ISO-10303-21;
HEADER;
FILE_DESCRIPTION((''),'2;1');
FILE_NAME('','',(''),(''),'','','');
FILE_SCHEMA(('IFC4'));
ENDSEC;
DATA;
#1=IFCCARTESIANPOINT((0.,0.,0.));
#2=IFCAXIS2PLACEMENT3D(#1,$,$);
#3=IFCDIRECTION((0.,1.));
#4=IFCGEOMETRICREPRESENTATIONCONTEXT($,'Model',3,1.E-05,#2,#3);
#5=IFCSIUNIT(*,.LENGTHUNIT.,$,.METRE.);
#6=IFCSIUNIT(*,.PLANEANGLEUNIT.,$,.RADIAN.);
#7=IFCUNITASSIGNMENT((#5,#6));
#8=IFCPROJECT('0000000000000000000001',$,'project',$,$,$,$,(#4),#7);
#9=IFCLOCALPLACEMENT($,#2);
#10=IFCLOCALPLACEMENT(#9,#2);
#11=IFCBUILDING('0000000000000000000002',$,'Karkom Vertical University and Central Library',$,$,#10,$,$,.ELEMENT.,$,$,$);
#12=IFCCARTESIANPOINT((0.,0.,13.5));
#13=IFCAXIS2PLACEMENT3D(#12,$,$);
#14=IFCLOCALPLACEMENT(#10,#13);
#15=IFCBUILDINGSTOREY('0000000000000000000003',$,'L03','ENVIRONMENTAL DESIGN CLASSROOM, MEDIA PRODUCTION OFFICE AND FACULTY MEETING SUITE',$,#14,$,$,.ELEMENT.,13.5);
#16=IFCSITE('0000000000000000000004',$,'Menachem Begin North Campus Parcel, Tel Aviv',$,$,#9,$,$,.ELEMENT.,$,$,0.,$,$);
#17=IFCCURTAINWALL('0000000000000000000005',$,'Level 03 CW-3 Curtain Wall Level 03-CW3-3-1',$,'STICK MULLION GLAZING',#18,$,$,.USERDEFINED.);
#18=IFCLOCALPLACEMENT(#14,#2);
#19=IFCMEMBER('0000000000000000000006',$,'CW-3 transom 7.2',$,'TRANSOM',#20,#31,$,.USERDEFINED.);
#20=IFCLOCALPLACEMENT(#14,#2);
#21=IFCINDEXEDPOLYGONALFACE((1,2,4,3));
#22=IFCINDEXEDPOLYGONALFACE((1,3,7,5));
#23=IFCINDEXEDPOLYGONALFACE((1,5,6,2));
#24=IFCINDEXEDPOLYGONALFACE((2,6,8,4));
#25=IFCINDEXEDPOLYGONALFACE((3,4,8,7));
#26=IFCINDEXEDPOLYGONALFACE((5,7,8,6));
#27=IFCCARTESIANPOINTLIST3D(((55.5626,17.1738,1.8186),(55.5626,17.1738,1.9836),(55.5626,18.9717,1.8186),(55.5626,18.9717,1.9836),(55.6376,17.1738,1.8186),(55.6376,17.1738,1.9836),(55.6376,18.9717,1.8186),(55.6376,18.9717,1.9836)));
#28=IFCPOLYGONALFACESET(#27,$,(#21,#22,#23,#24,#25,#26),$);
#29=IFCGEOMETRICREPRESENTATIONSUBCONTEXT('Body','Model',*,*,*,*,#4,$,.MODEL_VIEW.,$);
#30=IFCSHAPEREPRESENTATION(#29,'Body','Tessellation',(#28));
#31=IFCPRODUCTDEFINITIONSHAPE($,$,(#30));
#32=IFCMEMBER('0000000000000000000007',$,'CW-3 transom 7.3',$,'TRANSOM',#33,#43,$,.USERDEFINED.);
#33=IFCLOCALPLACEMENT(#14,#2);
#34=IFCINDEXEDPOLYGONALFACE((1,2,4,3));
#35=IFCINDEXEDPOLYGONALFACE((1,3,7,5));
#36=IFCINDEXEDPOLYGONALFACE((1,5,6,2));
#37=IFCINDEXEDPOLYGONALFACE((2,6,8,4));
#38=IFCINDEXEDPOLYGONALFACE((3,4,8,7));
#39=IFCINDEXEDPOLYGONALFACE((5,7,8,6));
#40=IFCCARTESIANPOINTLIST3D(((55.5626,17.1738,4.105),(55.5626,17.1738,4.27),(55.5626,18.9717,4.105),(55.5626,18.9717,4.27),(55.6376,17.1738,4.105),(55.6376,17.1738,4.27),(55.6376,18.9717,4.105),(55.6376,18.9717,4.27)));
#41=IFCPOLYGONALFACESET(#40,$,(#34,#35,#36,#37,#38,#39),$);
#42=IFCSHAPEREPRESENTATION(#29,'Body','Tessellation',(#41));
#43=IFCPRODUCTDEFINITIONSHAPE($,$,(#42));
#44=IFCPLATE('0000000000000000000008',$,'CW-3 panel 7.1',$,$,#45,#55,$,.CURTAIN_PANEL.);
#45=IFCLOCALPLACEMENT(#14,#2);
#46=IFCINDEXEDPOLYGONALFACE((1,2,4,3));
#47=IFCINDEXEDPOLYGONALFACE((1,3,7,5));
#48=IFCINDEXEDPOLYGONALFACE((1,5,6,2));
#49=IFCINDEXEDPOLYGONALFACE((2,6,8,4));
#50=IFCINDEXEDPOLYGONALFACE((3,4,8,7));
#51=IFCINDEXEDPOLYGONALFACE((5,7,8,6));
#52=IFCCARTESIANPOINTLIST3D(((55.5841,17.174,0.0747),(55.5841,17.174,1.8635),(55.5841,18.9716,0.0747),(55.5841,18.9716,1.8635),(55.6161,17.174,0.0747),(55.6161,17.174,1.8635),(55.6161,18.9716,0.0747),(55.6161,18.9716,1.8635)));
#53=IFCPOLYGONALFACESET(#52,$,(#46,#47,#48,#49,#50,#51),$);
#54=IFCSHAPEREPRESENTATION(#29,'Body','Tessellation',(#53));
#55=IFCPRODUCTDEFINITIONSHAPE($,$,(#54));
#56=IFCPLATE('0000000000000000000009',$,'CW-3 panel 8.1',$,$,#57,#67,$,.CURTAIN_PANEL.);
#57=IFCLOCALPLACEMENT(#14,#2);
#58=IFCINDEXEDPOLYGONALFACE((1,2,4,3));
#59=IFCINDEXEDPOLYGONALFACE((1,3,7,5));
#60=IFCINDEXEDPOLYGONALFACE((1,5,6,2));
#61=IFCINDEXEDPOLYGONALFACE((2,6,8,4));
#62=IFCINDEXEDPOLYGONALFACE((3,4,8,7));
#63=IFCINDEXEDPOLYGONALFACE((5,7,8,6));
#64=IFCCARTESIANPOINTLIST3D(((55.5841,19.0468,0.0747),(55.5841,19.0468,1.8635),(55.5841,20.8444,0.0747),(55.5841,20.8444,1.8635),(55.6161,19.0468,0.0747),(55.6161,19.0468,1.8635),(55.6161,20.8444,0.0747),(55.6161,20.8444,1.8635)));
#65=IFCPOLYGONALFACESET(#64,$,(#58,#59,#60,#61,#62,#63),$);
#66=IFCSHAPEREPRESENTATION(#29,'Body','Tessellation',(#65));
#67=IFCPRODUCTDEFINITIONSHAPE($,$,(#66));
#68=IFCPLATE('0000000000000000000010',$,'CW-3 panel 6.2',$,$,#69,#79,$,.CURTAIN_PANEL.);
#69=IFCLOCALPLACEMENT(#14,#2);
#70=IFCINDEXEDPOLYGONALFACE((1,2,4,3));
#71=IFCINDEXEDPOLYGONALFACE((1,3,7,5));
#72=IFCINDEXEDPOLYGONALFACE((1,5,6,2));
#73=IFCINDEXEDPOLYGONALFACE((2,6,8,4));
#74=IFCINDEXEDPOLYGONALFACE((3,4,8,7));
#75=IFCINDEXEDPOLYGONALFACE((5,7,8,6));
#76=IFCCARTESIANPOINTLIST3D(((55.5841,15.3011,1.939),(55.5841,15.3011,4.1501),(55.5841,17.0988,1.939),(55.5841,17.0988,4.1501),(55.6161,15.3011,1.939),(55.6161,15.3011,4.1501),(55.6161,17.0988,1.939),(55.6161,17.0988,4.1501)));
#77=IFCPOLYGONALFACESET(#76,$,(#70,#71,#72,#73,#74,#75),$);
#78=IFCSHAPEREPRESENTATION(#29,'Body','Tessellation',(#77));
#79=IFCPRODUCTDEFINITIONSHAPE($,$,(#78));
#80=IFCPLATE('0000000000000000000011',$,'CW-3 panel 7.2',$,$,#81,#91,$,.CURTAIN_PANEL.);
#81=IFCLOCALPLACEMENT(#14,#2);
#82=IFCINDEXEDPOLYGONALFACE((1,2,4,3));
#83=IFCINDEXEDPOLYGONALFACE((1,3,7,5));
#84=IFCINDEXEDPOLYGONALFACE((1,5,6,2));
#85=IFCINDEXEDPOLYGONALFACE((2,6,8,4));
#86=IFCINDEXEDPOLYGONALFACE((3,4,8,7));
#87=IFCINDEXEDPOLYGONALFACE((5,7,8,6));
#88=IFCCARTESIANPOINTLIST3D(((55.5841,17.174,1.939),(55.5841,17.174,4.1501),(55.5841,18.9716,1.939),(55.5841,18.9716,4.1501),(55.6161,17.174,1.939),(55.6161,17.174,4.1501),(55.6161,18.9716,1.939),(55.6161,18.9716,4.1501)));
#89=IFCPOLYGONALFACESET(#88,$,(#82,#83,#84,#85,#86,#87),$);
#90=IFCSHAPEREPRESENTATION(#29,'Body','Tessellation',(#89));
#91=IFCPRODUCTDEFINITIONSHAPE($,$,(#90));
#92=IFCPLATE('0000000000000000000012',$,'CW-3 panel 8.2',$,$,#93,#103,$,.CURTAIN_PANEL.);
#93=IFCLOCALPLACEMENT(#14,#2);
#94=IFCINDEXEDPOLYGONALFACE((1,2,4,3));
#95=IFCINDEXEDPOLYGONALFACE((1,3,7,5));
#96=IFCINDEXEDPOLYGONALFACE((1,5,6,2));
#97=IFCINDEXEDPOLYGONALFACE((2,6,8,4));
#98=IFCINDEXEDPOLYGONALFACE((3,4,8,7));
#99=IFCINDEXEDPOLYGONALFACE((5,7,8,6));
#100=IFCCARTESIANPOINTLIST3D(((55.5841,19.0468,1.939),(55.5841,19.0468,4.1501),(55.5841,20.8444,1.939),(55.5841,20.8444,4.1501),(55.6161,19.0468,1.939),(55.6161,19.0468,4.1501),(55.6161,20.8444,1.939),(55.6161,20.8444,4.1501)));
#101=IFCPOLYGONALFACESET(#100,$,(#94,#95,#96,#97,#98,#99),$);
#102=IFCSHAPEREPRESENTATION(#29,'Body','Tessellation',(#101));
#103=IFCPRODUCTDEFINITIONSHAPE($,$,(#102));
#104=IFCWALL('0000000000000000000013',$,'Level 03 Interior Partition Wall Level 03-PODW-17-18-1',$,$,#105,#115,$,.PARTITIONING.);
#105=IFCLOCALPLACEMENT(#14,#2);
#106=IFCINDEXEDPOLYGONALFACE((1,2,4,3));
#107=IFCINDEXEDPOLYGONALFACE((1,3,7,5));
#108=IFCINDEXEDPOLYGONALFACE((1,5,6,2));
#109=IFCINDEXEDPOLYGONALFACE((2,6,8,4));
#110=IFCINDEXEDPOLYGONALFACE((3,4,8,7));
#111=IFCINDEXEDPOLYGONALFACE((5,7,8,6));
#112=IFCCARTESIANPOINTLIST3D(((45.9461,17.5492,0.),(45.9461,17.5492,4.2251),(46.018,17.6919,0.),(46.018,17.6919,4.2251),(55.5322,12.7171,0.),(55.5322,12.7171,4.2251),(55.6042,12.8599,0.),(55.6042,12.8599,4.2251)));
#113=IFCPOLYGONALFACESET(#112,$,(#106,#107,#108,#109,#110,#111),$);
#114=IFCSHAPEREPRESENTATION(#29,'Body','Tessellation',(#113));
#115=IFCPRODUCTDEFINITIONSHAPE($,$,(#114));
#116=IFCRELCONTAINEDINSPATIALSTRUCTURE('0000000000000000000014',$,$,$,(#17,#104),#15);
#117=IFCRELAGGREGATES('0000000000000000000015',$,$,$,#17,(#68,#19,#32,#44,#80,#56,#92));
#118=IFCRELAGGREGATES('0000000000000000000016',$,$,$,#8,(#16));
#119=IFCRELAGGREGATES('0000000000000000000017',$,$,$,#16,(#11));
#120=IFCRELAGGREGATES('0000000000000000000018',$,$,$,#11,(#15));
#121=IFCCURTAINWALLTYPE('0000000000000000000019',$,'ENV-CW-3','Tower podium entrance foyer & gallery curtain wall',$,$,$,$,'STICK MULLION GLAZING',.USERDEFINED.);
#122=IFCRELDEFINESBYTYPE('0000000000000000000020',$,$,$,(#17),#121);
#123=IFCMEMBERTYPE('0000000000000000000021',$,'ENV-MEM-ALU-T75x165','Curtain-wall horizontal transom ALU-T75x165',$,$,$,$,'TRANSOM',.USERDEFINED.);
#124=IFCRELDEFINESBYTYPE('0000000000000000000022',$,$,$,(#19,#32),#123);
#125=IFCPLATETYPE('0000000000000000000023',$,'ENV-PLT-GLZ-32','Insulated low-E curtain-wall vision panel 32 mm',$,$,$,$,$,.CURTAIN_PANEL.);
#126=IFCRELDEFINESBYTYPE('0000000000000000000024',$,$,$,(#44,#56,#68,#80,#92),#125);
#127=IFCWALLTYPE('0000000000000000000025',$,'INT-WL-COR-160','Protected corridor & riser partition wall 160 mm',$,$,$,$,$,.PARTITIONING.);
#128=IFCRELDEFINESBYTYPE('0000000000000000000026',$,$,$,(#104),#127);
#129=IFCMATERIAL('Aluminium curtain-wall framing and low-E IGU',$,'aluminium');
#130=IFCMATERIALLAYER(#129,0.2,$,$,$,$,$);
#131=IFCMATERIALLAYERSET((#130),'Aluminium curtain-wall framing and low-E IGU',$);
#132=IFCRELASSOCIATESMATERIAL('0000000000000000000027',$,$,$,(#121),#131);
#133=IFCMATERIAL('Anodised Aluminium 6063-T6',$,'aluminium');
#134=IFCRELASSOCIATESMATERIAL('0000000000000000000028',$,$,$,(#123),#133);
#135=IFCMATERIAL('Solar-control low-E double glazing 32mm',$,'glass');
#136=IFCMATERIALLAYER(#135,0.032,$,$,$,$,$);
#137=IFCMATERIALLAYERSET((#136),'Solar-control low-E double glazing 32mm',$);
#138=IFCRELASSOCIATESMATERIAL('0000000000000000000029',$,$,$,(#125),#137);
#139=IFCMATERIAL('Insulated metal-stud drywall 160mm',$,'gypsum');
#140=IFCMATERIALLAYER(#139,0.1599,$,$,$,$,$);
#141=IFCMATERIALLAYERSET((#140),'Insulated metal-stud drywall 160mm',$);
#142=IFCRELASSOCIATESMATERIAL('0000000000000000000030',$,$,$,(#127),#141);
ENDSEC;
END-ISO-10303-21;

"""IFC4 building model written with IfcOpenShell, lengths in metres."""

from ifc_helpers import new_model, si_unit, direction, frame, frame_2d, origin, origin_with_axes, origin_2d, place, context, subcontext, project, spatial, rectangle, extrude, source, transform, mapped, material, layer, layer_set, material_profile, profile_set, type_object, element, aggregate, save


model = new_model("IFC4")

# Units and contexts
model_context = context("Model", 3, precision=1e-05, world=origin(), true_north=direction((0.0, 1.0)))
body_context = subcontext(model_context, "Body", "Model", "MODEL_VIEW")
ifc_project = project(units=[si_unit("LENGTHUNIT", "METRE"), si_unit("PLANEANGLEUNIT", "RADIAN")], contexts=[model_context])

# Site, building, storey
site_placement = place(None, origin())
site = spatial("IfcSite", under=ifc_project, at=site_placement, Name="Menachem Begin North Campus Parcel, Tel Aviv", CompositionType="ELEMENT", RefElevation=0.0)
building_placement = place(site_placement, origin())
building = spatial("IfcBuilding", under=site, at=building_placement, Name="Karkom Vertical University and Central Library", CompositionType="ELEMENT")
storey_placement = place(building_placement, frame((0.0, 0.0, 13.5)))
storey = spatial("IfcBuildingStorey", under=building, at=storey_placement, Name="L03", Description="ENVIRONMENTAL DESIGN CLASSROOM, MEDIA PRODUCTION OFFICE AND FACULTY MEETING SUITE", CompositionType="ELEMENT", Elevation=13.5)

# Curtain wall, members, plates
ifc_material_1 = material(Name="Aluminium curtain-wall framing and low-E IGU", Category="aluminium")
ifc_layer_1 = layer(ifc_material_1, 0.2)
ifc_layer_set_1 = layer_set([ifc_layer_1], Name="Aluminium curtain-wall framing and low-E IGU")
curtain_wall_type = type_object("IfcCurtainWallType", Name="ENV-CW-3", Description="Tower podium entrance foyer & gallery curtain wall", ElementType="STICK MULLION GLAZING", PredefinedType="USERDEFINED", material=ifc_layer_set_1)
curtain_wall_placement = place(storey_placement, origin())
curtain_wall = element("IfcCurtainWall", 1, at=curtain_wall_placement, inside=storey, type_object=curtain_wall_type, Name="Level 03 CW-3 Curtain Wall Level 03-CW3-3-1", ObjectType="STICK MULLION GLAZING", PredefinedType="USERDEFINED")
ifc_material_2 = material(Name="Anodised Aluminium 6063-T6", Category="aluminium")
ifc_material_profile_1 = material_profile(ifc_material_2, rectangle(XDim=0.075, YDim=0.165, at=origin_2d()), Name="ALU-T75x165")
ifc_profile_set_1 = profile_set([ifc_material_profile_1], Name="Anodised Aluminium 6063-T6")
member_type_1 = type_object("IfcMemberType", Name="ENV-MEM-ALU-T75x165", Description="Curtain-wall horizontal transom ALU-T75x165", ElementType="TRANSOM", PredefinedType="USERDEFINED", material=ifc_profile_set_1)
shared_shape_1 = source(origin_with_axes(), body_context, "Body", "SweptSolid", [
    extrude(rectangle(XDim=0.075, YDim=0.165, at=origin_2d()), origin(), (0.0, 0.0, 1.0), 1.7979),
])
member_1_placement = place(storey_placement, frame((55.6001, 17.1738, 1.9011), z_axis=(0.0, 1.0, 0.0), x_axis=(-1.0, 0.0, 0.0)))
member_1 = element("IfcMember", 2, at=member_1_placement, type_object=member_type_1, Name="CW-3 transom 7.2", ObjectType="TRANSOM", PredefinedType="USERDEFINED", context=body_context, shape_type="MappedRepresentation", body=[
    mapped(shared_shape_1, transform((0.0, 0.0, 0.0), scale=1.0)),
])
member_2_placement = place(storey_placement, frame((55.6001, 17.1738, 4.1875), z_axis=(0.0, 1.0, 0.0), x_axis=(-1.0, 0.0, 0.0)))
member_2 = element("IfcMember", 3, at=member_2_placement, type_object=member_type_1, Name="CW-3 transom 7.3", ObjectType="TRANSOM", PredefinedType="USERDEFINED", context=body_context, shape_type="MappedRepresentation", body=[
    mapped(shared_shape_1, transform((0.0, 0.0, 0.0), scale=1.0)),
])
ifc_material_3 = material(Name="Solar-control low-E double glazing 32mm", Category="glass")
ifc_layer_2 = layer(ifc_material_3, 0.032)
ifc_layer_set_2 = layer_set([ifc_layer_2], Name="Solar-control low-E double glazing 32mm")
plate_type = type_object("IfcPlateType", Name="ENV-PLT-GLZ-32", Description="Insulated low-E curtain-wall vision panel 32 mm", PredefinedType="CURTAIN_PANEL", material=ifc_layer_set_2)
shared_shape_2 = source(origin_with_axes(), body_context, "Body", "SweptSolid", [
    extrude(rectangle(XDim=1.7976, YDim=0.032, at=origin_2d()), origin(), (0.0, 0.0, 1.0), 1.7888),
])
plate_1_placement = place(storey_placement, frame((55.6001, 18.0728, 0.0747), z_axis=(0.0, 0.0, 1.0), x_axis=(0.0, 1.0, 0.0)))
plate_1 = element("IfcPlate", 4, at=plate_1_placement, type_object=plate_type, Name="CW-3 panel 7.1", PredefinedType="CURTAIN_PANEL", context=body_context, shape_type="MappedRepresentation", body=[
    mapped(shared_shape_2, transform((0.0, 0.0, 0.0), scale=1.0)),
])
plate_2_placement = place(storey_placement, frame((55.6001, 19.9456, 0.0747), z_axis=(0.0, 0.0, 1.0), x_axis=(0.0, 1.0, 0.0)))
plate_2 = element("IfcPlate", 5, at=plate_2_placement, type_object=plate_type, Name="CW-3 panel 8.1", PredefinedType="CURTAIN_PANEL", context=body_context, shape_type="MappedRepresentation", body=[
    mapped(shared_shape_2, transform((0.0, 0.0, 0.0), scale=1.0)),
])
shared_shape_3 = source(origin_with_axes(), body_context, "Body", "SweptSolid", [
    extrude(rectangle(XDim=1.7976, YDim=0.032, at=origin_2d()), origin(), (0.0, 0.0, 1.0), 2.2112),
])
plate_3_placement = place(storey_placement, frame((55.6001, 16.2, 1.939), z_axis=(0.0, 0.0, 1.0), x_axis=(0.0, 1.0, 0.0)))
plate_3 = element("IfcPlate", 6, at=plate_3_placement, type_object=plate_type, Name="CW-3 panel 6.2", PredefinedType="CURTAIN_PANEL", context=body_context, shape_type="MappedRepresentation", body=[
    mapped(shared_shape_3, transform((0.0, 0.0, 0.0), scale=1.0)),
])
plate_4_placement = place(storey_placement, frame((55.6001, 18.0728, 1.939), z_axis=(0.0, 0.0, 1.0), x_axis=(0.0, 1.0, 0.0)))
plate_4 = element("IfcPlate", 7, at=plate_4_placement, type_object=plate_type, Name="CW-3 panel 7.2", PredefinedType="CURTAIN_PANEL", context=body_context, shape_type="MappedRepresentation", body=[
    mapped(shared_shape_3, transform((0.0, 0.0, 0.0), scale=1.0)),
])
plate_5_placement = place(storey_placement, frame((55.6001, 19.9456, 1.939), z_axis=(0.0, 0.0, 1.0), x_axis=(0.0, 1.0, 0.0)))
plate_5 = element("IfcPlate", 8, at=plate_5_placement, type_object=plate_type, Name="CW-3 panel 8.2", PredefinedType="CURTAIN_PANEL", context=body_context, shape_type="MappedRepresentation", body=[
    mapped(shared_shape_3, transform((0.0, 0.0, 0.0), scale=1.0)),
])
aggregate(curtain_wall, [plate_3, member_1, member_2, plate_1, plate_4, plate_2, plate_5])

# Wall
ifc_material_4 = material(Name="Insulated metal-stud drywall 160mm", Category="gypsum")
ifc_layer_3 = layer(ifc_material_4, 0.1599)
ifc_layer_set_3 = layer_set([ifc_layer_3], Name="Insulated metal-stud drywall 160mm")
wall_type = type_object("IfcWallType", Name="INT-WL-COR-160", Description="Protected corridor & riser partition wall 160 mm", PredefinedType="PARTITIONING", material=ifc_layer_set_3)
wall_placement = place(storey_placement, frame((45.9819, 17.6206, 0.0), z_axis=(0.0, 0.0, 1.0), x_axis=(0.892972, -0.450113, 0.0)))
element("IfcWall", 9, at=wall_placement, inside=storey, type_object=wall_type, Name="Level 03 Interior Partition Wall Level 03-PODW-17-18-1", PredefinedType="PARTITIONING", context=body_context, shape_type="SweptSolid", body=[
    extrude(rectangle(XDim=10.7351, YDim=0.1599, at=frame_2d((5.3677, 0.0))), origin(), (0.0, 0.0, 1.0), 4.2251),
])

save(model, "model.ifc")
